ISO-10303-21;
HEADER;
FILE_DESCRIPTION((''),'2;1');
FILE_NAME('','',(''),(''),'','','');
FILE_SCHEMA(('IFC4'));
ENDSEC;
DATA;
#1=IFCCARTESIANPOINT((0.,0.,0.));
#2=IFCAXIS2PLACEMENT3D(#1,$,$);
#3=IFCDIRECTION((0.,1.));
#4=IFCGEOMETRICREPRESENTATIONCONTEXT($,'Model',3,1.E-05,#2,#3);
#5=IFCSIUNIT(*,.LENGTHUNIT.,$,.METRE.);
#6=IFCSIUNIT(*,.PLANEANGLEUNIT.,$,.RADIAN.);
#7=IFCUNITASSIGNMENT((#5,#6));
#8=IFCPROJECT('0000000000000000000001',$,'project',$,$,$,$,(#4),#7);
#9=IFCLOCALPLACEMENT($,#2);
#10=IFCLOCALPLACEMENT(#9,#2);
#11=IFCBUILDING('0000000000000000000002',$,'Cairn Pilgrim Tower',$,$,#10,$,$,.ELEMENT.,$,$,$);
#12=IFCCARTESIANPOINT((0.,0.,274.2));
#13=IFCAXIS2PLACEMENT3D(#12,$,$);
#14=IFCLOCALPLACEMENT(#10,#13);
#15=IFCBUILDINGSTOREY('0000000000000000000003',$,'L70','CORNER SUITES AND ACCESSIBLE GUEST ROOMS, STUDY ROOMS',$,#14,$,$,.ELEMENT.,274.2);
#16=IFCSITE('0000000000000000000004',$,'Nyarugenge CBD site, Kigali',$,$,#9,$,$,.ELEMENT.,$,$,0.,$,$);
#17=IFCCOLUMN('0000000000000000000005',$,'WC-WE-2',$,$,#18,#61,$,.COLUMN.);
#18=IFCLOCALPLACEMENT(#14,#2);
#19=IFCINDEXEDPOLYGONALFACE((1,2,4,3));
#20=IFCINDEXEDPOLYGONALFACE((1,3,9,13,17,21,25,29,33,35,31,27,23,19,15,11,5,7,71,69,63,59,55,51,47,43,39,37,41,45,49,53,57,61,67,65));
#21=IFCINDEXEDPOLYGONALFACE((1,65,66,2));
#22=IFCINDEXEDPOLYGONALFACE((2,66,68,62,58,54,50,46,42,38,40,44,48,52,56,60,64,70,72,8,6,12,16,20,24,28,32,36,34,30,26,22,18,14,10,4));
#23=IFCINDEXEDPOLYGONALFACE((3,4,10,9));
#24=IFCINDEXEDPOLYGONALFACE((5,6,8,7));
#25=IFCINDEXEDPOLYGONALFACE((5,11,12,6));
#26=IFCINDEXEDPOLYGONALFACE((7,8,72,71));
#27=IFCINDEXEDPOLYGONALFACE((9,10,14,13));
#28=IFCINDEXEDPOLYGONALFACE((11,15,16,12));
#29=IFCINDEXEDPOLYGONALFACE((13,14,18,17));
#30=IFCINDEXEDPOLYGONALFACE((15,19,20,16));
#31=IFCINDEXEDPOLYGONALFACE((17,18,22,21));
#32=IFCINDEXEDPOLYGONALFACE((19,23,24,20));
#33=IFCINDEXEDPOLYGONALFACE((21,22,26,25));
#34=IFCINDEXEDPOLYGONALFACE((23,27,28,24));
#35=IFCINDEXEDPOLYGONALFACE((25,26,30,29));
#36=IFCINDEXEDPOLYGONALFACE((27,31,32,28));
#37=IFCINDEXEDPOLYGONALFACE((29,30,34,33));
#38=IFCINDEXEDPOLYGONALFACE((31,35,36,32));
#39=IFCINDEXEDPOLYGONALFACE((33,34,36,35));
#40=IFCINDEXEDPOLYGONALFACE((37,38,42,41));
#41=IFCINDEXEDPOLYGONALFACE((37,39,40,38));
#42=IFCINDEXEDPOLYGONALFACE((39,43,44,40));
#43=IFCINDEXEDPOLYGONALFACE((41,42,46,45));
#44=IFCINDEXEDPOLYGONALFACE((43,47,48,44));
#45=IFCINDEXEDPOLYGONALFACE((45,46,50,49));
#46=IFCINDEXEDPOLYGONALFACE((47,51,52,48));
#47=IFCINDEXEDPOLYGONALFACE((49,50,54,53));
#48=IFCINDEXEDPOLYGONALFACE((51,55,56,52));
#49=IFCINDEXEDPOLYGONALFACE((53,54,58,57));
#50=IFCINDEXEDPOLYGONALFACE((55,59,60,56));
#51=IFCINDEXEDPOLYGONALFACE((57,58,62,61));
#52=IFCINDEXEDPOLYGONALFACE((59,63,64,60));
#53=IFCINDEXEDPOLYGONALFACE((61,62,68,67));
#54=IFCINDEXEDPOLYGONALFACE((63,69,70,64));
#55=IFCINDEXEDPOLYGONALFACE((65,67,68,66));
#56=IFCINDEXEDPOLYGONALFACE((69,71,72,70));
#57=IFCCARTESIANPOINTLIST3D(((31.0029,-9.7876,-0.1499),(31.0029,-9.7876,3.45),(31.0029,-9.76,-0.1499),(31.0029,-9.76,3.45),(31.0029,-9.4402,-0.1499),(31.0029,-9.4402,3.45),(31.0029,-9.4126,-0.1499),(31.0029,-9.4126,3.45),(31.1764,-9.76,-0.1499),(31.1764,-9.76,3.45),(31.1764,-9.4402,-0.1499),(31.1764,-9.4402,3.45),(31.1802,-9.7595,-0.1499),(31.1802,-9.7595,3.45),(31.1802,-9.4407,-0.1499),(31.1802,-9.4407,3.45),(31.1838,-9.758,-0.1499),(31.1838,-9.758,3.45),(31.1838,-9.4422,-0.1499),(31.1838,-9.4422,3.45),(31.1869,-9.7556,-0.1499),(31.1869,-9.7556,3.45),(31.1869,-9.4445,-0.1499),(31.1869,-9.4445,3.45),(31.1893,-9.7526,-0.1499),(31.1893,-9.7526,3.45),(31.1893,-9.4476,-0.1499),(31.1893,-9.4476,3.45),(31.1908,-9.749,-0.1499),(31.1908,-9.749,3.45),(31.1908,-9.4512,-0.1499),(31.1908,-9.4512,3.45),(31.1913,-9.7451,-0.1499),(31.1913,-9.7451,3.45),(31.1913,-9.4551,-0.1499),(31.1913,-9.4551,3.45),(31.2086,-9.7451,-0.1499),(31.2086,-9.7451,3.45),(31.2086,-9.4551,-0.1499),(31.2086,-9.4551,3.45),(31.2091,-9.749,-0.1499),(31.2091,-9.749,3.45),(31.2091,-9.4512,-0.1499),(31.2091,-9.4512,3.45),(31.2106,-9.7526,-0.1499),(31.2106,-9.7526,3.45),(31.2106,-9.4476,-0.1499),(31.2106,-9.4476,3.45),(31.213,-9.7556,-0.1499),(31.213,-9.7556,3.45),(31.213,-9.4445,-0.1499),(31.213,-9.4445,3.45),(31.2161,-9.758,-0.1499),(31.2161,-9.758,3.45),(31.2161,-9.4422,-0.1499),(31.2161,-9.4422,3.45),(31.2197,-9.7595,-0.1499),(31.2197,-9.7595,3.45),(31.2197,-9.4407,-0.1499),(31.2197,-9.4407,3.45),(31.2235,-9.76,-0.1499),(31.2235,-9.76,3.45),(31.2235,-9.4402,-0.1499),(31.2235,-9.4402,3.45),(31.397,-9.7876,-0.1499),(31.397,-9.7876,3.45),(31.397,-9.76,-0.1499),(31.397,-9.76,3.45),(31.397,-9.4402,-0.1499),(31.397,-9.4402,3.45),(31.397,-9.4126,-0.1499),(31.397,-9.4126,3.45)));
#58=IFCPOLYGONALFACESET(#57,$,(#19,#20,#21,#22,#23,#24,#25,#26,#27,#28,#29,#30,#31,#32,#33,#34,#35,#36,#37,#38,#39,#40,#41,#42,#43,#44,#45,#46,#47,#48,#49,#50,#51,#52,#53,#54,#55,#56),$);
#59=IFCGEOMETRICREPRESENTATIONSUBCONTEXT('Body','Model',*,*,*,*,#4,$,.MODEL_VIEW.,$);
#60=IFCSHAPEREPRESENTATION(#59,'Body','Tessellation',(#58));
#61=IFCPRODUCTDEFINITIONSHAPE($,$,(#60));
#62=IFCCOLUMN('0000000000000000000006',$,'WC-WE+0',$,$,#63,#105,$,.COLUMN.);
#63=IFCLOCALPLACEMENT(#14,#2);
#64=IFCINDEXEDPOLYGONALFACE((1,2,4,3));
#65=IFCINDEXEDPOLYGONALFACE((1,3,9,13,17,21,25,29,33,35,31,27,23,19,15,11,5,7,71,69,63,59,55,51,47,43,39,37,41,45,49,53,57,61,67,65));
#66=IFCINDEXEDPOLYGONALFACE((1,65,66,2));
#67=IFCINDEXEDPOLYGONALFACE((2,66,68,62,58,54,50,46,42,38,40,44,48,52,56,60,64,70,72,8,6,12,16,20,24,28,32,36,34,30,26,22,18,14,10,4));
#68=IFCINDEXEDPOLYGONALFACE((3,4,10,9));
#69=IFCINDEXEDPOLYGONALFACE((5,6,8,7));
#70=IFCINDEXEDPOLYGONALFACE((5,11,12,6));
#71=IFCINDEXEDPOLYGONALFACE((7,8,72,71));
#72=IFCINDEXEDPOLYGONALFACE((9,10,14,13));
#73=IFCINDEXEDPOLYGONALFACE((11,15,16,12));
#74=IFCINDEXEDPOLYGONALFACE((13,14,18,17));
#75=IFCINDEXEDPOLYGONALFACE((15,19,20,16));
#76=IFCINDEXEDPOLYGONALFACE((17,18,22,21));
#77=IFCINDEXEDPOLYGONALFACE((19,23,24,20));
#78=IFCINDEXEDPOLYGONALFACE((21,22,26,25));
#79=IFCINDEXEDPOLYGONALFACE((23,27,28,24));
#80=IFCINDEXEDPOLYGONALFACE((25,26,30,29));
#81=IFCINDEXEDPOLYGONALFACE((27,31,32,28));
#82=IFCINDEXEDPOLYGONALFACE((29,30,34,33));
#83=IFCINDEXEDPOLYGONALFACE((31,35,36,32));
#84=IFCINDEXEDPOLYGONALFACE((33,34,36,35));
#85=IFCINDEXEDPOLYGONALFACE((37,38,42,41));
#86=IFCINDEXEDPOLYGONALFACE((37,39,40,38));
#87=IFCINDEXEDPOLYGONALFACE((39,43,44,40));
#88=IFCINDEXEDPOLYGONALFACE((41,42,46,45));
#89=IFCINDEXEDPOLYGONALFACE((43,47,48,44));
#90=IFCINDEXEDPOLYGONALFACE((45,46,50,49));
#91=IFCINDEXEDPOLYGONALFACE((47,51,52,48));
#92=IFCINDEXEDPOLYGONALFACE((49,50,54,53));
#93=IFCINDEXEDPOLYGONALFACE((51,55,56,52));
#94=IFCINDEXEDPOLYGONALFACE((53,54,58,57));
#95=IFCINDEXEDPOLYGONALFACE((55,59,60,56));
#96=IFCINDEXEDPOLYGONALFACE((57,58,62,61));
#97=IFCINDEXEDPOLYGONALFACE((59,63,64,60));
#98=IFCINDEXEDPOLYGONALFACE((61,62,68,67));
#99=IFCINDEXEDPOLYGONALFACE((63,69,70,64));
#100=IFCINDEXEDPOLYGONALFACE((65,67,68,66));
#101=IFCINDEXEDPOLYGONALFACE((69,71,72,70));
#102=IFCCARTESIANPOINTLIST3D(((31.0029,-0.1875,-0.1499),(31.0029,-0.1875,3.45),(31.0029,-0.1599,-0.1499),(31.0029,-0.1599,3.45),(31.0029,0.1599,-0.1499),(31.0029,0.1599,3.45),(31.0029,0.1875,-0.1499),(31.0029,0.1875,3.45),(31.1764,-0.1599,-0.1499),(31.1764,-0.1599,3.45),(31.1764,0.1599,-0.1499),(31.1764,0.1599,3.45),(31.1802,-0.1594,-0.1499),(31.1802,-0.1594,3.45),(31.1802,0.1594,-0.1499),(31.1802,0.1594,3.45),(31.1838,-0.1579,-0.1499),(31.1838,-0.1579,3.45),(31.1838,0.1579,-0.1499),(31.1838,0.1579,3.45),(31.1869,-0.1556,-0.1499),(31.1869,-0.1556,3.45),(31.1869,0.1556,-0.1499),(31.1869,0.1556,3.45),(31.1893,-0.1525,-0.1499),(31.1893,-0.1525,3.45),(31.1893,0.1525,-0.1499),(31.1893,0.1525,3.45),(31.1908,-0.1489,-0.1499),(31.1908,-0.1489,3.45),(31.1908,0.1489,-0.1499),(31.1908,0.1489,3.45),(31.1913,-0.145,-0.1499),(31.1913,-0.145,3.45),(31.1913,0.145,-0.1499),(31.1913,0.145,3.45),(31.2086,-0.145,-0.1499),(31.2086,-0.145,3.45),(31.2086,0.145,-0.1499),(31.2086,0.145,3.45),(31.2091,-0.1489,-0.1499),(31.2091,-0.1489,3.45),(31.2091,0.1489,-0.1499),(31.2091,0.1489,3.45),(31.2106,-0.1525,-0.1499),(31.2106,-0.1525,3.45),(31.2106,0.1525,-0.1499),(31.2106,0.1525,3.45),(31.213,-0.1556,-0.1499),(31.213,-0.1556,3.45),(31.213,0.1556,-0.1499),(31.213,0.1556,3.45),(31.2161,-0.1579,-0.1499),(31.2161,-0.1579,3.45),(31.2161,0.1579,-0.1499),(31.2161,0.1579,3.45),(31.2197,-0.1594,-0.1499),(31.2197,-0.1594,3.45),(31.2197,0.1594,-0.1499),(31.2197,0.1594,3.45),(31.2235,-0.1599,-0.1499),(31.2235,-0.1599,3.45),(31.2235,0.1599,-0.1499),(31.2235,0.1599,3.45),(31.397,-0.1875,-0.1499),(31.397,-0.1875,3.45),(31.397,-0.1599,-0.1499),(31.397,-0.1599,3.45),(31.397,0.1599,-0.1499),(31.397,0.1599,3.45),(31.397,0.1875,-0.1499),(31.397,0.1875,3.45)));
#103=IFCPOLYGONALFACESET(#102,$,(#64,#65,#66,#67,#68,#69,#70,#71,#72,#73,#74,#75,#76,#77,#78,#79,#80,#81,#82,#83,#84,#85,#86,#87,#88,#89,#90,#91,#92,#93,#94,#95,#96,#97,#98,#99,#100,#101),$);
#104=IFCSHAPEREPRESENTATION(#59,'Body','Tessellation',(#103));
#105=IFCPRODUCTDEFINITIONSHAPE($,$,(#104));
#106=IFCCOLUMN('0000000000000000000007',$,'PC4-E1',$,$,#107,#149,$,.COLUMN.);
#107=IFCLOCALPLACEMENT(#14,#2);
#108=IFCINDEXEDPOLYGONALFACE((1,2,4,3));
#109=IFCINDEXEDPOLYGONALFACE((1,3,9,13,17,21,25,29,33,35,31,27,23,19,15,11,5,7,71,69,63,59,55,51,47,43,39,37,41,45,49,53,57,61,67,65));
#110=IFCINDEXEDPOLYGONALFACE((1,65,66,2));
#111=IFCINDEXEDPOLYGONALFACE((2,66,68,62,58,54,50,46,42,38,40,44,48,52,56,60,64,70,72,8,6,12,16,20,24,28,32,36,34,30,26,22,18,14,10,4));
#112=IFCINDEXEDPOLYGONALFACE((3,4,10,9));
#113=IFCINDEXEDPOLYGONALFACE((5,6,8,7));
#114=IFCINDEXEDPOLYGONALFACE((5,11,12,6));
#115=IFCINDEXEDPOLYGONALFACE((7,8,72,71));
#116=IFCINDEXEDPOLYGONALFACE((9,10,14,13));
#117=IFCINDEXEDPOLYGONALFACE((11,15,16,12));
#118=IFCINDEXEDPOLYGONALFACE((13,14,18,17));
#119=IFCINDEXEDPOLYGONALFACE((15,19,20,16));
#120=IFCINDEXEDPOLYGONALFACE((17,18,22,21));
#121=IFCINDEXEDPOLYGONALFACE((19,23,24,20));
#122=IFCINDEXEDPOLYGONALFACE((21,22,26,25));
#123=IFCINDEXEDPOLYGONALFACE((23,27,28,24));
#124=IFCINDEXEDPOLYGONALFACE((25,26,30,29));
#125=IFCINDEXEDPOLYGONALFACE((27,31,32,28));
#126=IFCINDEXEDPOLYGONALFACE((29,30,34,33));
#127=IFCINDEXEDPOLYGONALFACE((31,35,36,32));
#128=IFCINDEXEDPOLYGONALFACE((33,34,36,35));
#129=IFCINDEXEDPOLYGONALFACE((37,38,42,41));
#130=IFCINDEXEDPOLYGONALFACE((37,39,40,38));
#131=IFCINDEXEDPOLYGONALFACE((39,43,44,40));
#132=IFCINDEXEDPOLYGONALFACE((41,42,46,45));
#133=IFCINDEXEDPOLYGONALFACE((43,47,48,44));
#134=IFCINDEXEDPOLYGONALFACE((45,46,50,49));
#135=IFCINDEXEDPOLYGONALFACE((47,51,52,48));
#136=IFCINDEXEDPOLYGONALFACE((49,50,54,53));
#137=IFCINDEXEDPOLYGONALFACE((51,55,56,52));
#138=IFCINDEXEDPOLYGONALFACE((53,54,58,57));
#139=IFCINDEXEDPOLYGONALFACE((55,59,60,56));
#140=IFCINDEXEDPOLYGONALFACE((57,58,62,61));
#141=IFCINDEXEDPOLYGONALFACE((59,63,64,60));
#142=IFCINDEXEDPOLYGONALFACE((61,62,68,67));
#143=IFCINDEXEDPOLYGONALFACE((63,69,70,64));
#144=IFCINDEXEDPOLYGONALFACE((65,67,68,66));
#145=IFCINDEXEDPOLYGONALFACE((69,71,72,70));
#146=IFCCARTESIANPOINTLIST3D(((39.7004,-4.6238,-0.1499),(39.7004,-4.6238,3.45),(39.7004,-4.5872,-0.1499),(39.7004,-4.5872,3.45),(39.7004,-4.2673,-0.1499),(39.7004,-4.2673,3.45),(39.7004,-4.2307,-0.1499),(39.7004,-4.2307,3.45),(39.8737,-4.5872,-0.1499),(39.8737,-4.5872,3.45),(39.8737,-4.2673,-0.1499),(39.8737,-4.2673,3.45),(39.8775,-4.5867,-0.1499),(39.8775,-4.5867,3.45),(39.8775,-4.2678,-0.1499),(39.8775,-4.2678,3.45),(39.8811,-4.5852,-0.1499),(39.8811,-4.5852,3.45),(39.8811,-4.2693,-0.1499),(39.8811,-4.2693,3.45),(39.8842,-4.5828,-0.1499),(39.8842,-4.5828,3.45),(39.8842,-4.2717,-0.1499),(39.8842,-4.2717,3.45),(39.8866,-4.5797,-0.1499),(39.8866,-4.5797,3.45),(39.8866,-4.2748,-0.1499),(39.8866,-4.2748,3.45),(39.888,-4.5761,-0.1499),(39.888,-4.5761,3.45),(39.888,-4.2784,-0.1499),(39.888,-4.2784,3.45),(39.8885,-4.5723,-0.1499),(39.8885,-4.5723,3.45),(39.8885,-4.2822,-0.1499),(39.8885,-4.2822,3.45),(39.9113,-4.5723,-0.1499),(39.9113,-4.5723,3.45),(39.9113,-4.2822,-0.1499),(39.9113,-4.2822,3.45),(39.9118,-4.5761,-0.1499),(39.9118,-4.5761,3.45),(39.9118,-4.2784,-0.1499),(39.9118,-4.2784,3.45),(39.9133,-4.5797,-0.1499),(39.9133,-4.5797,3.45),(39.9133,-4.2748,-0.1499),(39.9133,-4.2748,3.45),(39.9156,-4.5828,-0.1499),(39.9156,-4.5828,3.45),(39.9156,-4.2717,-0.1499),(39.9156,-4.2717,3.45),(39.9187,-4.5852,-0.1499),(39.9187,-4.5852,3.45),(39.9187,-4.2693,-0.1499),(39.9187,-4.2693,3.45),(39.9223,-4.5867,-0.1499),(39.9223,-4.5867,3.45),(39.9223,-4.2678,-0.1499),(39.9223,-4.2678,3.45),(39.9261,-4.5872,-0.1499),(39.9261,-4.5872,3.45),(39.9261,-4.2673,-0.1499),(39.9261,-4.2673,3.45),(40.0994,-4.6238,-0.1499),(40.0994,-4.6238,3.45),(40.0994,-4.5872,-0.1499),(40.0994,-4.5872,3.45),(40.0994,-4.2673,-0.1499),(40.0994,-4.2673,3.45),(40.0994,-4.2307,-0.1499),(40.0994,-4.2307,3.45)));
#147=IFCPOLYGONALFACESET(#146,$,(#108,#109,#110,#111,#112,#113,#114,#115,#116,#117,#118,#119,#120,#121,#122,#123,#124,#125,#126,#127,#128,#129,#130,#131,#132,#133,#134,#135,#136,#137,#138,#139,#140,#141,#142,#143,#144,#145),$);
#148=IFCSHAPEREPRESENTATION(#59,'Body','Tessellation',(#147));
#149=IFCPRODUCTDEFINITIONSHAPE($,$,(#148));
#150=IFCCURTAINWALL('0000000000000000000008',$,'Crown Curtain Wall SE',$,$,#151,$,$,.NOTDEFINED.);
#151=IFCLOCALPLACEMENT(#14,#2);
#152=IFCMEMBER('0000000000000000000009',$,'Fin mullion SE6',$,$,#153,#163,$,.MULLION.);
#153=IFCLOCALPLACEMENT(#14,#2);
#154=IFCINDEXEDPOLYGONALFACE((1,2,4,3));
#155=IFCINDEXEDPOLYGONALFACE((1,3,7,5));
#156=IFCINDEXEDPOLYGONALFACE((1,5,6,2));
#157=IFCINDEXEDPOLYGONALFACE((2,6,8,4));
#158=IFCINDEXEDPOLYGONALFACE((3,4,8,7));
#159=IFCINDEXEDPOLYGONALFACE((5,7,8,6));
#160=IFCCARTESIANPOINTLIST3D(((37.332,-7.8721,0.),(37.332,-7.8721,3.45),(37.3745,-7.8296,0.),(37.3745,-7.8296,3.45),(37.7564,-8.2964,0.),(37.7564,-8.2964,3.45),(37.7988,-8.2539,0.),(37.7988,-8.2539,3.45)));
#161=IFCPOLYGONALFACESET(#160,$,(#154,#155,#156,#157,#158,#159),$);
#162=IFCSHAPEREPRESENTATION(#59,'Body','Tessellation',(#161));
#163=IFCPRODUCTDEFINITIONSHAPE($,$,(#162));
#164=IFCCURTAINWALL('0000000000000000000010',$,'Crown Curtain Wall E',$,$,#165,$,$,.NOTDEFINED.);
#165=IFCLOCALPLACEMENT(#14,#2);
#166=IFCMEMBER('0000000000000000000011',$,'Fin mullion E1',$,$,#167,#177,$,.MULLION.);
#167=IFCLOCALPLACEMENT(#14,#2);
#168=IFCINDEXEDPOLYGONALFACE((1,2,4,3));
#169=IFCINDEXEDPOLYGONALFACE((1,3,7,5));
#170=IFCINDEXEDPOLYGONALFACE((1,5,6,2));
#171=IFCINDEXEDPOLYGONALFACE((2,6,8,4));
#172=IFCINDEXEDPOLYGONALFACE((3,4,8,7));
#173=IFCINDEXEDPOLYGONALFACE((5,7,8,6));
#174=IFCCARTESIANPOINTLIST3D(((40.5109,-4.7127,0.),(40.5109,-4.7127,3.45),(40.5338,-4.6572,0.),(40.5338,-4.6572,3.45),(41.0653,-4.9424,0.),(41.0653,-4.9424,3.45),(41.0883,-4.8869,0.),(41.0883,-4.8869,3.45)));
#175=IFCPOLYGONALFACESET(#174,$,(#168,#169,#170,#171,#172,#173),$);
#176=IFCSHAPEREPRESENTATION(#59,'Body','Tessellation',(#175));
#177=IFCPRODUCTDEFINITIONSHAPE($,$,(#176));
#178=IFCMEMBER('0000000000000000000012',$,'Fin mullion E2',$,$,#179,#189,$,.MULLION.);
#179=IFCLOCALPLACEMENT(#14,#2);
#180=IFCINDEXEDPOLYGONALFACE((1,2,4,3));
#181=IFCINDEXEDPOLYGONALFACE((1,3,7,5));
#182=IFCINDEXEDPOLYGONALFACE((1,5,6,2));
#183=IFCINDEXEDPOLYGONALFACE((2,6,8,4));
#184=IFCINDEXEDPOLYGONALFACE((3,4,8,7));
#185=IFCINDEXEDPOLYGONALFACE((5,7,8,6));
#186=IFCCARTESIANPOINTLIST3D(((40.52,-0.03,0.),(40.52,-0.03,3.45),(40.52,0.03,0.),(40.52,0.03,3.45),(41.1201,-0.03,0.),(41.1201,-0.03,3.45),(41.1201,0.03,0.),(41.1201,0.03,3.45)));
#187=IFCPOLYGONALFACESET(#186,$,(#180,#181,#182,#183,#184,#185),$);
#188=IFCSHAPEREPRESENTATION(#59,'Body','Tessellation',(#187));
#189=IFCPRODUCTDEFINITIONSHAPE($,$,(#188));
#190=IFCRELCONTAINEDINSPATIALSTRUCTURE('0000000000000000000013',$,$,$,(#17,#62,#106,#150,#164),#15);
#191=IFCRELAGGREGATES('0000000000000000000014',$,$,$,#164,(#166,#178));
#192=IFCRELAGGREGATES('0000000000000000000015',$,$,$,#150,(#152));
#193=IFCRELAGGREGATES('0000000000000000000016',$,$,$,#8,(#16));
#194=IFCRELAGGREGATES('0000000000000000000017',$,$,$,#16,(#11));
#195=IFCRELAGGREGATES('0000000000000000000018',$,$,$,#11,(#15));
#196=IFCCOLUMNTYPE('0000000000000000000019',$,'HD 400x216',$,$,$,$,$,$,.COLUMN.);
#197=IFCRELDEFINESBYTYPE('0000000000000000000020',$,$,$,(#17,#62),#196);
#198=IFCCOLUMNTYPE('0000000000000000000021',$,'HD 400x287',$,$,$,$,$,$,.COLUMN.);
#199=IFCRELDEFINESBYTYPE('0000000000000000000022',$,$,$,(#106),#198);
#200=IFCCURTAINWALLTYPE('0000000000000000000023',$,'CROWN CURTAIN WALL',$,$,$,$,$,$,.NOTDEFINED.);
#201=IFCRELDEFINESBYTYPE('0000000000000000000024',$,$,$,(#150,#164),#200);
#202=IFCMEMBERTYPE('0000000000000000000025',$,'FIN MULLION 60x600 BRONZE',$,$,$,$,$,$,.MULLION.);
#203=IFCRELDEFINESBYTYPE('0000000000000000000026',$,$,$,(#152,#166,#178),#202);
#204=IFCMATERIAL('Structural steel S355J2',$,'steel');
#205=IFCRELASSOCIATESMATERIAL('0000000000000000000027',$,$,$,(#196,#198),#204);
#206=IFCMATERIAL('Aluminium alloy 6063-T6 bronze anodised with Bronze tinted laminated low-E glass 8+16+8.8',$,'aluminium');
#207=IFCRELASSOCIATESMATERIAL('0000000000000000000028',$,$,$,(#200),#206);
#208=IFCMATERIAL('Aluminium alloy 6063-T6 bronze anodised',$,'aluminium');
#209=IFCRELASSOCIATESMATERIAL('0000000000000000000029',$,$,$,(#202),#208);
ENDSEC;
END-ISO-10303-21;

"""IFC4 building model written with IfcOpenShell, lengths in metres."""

from ifc_helpers import new_model, si_unit, direction, frame, origin, origin_2d, place, context, subcontext, project, spatial, rectangle, i_section, extrude, material, material_profile, profile_set, type_object, element, aggregate, save


model = new_model("IFC4")

# Units and contexts
model_context = context("Model", 3, precision=1e-05, world=origin(), true_north=direction((0.0, 1.0)))
body_context = subcontext(model_context, "Body", "Model", "MODEL_VIEW")
ifc_project = project(units=[si_unit("LENGTHUNIT", "METRE"), si_unit("PLANEANGLEUNIT", "RADIAN")], contexts=[model_context])

# Site, building, storey
site_placement = place(None, origin())
site = spatial("IfcSite", under=ifc_project, at=site_placement, Name="Nyarugenge CBD site, Kigali", CompositionType="ELEMENT", RefElevation=0.0)
building_placement = place(site_placement, origin())
building = spatial("IfcBuilding", under=site, at=building_placement, Name="Cairn Pilgrim Tower", CompositionType="ELEMENT")
storey_placement = place(building_placement, frame((0.0, 0.0, 274.2)))
storey = spatial("IfcBuildingStorey", under=building, at=storey_placement, Name="L70", Description="CORNER SUITES AND ACCESSIBLE GUEST ROOMS, STUDY ROOMS", CompositionType="ELEMENT", Elevation=274.2)

# Columns
ifc_material_1 = material(Name="Structural steel S355J2", Category="steel")
ifc_material_profile_1 = material_profile(ifc_material_1, i_section(OverallWidth=0.394, OverallDepth=0.375, WebThickness=0.0173, FlangeThickness=0.0276, FilletRadius=0.0149, at=origin_2d()), Name="HD 400x216")
ifc_profile_set_1 = profile_set([ifc_material_profile_1], Name="Structural steel S355J2")
column_type_1 = type_object("IfcColumnType", Name="HD 400x216", PredefinedType="COLUMN", material=ifc_profile_set_1)
for number, where, z_axis, x_axis, name in (
    (1, (31.2, -9.6001, -0.1499), (0.0, 0.0, 1.0), (1.0, 0.0, 0.0), "WC-WE-2"),
    (2, (31.2, 0.0, -0.1499), (0.0, 0.0, 1.0), (1.0, 0.0, 0.0), "WC-WE+0"),
):
    element("IfcColumn", number, at=place(storey_placement, frame(where, z_axis=z_axis, x_axis=x_axis)), inside=storey, type_object=column_type_1, Name=name, PredefinedType="COLUMN", context=body_context, shape_type="SweptSolid", body=[
        extrude(i_section(OverallWidth=0.394, OverallDepth=0.375, WebThickness=0.0173, FlangeThickness=0.0276, FilletRadius=0.0149, at=origin_2d()), origin(), (0.0, 0.0, 1.0), 3.5999),
    ])
ifc_material_profile_2 = material_profile(ifc_material_1, i_section(OverallWidth=0.3989, OverallDepth=0.3931, WebThickness=0.0227, FlangeThickness=0.0366, FilletRadius=0.0149, at=origin_2d()), Name="HD 400x287")
ifc_profile_set_2 = profile_set([ifc_material_profile_2], Name="Structural steel S355J2")
column_type_2 = type_object("IfcColumnType", Name="HD 400x287", PredefinedType="COLUMN", material=ifc_profile_set_2)
column_placement = place(storey_placement, frame((39.8999, -4.4272, -0.1499), z_axis=(0.0, 0.0, 1.0), x_axis=(1.0, 0.0, 0.0)))
element("IfcColumn", 3, at=column_placement, inside=storey, type_object=column_type_2, Name="PC4-E1", PredefinedType="COLUMN", context=body_context, shape_type="SweptSolid", body=[
    extrude(i_section(OverallWidth=0.3989, OverallDepth=0.3931, WebThickness=0.0227, FlangeThickness=0.0366, FilletRadius=0.0149, at=origin_2d()), origin(), (0.0, 0.0, 1.0), 3.5999),
])

# Curtain wall, member
ifc_material_2 = material(Name="Aluminium alloy 6063-T6 bronze anodised with Bronze tinted laminated low-E glass 8+16+8.8", Category="aluminium")
curtain_wall_type = type_object("IfcCurtainWallType", Name="CROWN CURTAIN WALL", PredefinedType="NOTDEFINED", material=ifc_material_2)
curtain_wall_1_placement = place(storey_placement, origin())
curtain_wall_1 = element("IfcCurtainWall", 4, at=curtain_wall_1_placement, inside=storey, type_object=curtain_wall_type, Name="Crown Curtain Wall SE", PredefinedType="NOTDEFINED")
ifc_material_3 = material(Name="Aluminium alloy 6063-T6 bronze anodised", Category="aluminium")
ifc_material_profile_3 = material_profile(ifc_material_3, rectangle(XDim=0.6001, YDim=0.0601, at=origin_2d()), Name="FIN MULLION 60x600 BRONZE")
ifc_profile_set_3 = profile_set([ifc_material_profile_3], Name="Aluminium alloy 6063-T6 bronze anodised")
member_type_1 = type_object("IfcMemberType", Name="FIN MULLION 60x600 BRONZE", PredefinedType="MULLION", material=ifc_profile_set_3)
member_1_placement = place(storey_placement, frame((37.5654, -8.063, 0.0), z_axis=(0.0, 0.0, 1.0), x_axis=(0.707107, -0.707107, 0.0)))
member_1 = element("IfcMember", 5, at=member_1_placement, type_object=member_type_1, Name="Fin mullion SE6", PredefinedType="MULLION", context=body_context, shape_type="SweptSolid", body=[
    extrude(rectangle(XDim=0.6001, YDim=0.0601, at=origin_2d()), origin(), (0.0, 0.0, 1.0), 3.45),
])

# Curtain wall, members
curtain_wall_2_placement = place(storey_placement, origin())
curtain_wall_2 = element("IfcCurtainWall", 6, at=curtain_wall_2_placement, inside=storey, type_object=curtain_wall_type, Name="Crown Curtain Wall E", PredefinedType="NOTDEFINED")
member_2_placement = place(storey_placement, frame((40.7996, -4.7998, 0.0), z_axis=(0.0, 0.0, 1.0), x_axis=(0.92388, -0.382683, 0.0)))
member_2 = element("IfcMember", 7, at=member_2_placement, type_object=member_type_1, Name="Fin mullion E1", PredefinedType="MULLION", context=body_context, shape_type="SweptSolid", body=[
    extrude(rectangle(XDim=0.6001, YDim=0.0601, at=origin_2d()), origin(), (0.0, 0.0, 1.0), 3.45),
])
member_3_placement = place(storey_placement, frame((40.8201, 0.0, 0.0), z_axis=(0.0, 0.0, 1.0), x_axis=(1.0, 0.0, 0.0)))
member_3 = element("IfcMember", 8, at=member_3_placement, type_object=member_type_1, Name="Fin mullion E2", PredefinedType="MULLION", context=body_context, shape_type="SweptSolid", body=[
    extrude(rectangle(XDim=0.6001, YDim=0.0601, at=origin_2d()), origin(), (0.0, 0.0, 1.0), 3.45),
])
aggregate(curtain_wall_2, [member_2, member_3])

aggregate(curtain_wall_1, [member_1])

save(model, "model.ifc")
